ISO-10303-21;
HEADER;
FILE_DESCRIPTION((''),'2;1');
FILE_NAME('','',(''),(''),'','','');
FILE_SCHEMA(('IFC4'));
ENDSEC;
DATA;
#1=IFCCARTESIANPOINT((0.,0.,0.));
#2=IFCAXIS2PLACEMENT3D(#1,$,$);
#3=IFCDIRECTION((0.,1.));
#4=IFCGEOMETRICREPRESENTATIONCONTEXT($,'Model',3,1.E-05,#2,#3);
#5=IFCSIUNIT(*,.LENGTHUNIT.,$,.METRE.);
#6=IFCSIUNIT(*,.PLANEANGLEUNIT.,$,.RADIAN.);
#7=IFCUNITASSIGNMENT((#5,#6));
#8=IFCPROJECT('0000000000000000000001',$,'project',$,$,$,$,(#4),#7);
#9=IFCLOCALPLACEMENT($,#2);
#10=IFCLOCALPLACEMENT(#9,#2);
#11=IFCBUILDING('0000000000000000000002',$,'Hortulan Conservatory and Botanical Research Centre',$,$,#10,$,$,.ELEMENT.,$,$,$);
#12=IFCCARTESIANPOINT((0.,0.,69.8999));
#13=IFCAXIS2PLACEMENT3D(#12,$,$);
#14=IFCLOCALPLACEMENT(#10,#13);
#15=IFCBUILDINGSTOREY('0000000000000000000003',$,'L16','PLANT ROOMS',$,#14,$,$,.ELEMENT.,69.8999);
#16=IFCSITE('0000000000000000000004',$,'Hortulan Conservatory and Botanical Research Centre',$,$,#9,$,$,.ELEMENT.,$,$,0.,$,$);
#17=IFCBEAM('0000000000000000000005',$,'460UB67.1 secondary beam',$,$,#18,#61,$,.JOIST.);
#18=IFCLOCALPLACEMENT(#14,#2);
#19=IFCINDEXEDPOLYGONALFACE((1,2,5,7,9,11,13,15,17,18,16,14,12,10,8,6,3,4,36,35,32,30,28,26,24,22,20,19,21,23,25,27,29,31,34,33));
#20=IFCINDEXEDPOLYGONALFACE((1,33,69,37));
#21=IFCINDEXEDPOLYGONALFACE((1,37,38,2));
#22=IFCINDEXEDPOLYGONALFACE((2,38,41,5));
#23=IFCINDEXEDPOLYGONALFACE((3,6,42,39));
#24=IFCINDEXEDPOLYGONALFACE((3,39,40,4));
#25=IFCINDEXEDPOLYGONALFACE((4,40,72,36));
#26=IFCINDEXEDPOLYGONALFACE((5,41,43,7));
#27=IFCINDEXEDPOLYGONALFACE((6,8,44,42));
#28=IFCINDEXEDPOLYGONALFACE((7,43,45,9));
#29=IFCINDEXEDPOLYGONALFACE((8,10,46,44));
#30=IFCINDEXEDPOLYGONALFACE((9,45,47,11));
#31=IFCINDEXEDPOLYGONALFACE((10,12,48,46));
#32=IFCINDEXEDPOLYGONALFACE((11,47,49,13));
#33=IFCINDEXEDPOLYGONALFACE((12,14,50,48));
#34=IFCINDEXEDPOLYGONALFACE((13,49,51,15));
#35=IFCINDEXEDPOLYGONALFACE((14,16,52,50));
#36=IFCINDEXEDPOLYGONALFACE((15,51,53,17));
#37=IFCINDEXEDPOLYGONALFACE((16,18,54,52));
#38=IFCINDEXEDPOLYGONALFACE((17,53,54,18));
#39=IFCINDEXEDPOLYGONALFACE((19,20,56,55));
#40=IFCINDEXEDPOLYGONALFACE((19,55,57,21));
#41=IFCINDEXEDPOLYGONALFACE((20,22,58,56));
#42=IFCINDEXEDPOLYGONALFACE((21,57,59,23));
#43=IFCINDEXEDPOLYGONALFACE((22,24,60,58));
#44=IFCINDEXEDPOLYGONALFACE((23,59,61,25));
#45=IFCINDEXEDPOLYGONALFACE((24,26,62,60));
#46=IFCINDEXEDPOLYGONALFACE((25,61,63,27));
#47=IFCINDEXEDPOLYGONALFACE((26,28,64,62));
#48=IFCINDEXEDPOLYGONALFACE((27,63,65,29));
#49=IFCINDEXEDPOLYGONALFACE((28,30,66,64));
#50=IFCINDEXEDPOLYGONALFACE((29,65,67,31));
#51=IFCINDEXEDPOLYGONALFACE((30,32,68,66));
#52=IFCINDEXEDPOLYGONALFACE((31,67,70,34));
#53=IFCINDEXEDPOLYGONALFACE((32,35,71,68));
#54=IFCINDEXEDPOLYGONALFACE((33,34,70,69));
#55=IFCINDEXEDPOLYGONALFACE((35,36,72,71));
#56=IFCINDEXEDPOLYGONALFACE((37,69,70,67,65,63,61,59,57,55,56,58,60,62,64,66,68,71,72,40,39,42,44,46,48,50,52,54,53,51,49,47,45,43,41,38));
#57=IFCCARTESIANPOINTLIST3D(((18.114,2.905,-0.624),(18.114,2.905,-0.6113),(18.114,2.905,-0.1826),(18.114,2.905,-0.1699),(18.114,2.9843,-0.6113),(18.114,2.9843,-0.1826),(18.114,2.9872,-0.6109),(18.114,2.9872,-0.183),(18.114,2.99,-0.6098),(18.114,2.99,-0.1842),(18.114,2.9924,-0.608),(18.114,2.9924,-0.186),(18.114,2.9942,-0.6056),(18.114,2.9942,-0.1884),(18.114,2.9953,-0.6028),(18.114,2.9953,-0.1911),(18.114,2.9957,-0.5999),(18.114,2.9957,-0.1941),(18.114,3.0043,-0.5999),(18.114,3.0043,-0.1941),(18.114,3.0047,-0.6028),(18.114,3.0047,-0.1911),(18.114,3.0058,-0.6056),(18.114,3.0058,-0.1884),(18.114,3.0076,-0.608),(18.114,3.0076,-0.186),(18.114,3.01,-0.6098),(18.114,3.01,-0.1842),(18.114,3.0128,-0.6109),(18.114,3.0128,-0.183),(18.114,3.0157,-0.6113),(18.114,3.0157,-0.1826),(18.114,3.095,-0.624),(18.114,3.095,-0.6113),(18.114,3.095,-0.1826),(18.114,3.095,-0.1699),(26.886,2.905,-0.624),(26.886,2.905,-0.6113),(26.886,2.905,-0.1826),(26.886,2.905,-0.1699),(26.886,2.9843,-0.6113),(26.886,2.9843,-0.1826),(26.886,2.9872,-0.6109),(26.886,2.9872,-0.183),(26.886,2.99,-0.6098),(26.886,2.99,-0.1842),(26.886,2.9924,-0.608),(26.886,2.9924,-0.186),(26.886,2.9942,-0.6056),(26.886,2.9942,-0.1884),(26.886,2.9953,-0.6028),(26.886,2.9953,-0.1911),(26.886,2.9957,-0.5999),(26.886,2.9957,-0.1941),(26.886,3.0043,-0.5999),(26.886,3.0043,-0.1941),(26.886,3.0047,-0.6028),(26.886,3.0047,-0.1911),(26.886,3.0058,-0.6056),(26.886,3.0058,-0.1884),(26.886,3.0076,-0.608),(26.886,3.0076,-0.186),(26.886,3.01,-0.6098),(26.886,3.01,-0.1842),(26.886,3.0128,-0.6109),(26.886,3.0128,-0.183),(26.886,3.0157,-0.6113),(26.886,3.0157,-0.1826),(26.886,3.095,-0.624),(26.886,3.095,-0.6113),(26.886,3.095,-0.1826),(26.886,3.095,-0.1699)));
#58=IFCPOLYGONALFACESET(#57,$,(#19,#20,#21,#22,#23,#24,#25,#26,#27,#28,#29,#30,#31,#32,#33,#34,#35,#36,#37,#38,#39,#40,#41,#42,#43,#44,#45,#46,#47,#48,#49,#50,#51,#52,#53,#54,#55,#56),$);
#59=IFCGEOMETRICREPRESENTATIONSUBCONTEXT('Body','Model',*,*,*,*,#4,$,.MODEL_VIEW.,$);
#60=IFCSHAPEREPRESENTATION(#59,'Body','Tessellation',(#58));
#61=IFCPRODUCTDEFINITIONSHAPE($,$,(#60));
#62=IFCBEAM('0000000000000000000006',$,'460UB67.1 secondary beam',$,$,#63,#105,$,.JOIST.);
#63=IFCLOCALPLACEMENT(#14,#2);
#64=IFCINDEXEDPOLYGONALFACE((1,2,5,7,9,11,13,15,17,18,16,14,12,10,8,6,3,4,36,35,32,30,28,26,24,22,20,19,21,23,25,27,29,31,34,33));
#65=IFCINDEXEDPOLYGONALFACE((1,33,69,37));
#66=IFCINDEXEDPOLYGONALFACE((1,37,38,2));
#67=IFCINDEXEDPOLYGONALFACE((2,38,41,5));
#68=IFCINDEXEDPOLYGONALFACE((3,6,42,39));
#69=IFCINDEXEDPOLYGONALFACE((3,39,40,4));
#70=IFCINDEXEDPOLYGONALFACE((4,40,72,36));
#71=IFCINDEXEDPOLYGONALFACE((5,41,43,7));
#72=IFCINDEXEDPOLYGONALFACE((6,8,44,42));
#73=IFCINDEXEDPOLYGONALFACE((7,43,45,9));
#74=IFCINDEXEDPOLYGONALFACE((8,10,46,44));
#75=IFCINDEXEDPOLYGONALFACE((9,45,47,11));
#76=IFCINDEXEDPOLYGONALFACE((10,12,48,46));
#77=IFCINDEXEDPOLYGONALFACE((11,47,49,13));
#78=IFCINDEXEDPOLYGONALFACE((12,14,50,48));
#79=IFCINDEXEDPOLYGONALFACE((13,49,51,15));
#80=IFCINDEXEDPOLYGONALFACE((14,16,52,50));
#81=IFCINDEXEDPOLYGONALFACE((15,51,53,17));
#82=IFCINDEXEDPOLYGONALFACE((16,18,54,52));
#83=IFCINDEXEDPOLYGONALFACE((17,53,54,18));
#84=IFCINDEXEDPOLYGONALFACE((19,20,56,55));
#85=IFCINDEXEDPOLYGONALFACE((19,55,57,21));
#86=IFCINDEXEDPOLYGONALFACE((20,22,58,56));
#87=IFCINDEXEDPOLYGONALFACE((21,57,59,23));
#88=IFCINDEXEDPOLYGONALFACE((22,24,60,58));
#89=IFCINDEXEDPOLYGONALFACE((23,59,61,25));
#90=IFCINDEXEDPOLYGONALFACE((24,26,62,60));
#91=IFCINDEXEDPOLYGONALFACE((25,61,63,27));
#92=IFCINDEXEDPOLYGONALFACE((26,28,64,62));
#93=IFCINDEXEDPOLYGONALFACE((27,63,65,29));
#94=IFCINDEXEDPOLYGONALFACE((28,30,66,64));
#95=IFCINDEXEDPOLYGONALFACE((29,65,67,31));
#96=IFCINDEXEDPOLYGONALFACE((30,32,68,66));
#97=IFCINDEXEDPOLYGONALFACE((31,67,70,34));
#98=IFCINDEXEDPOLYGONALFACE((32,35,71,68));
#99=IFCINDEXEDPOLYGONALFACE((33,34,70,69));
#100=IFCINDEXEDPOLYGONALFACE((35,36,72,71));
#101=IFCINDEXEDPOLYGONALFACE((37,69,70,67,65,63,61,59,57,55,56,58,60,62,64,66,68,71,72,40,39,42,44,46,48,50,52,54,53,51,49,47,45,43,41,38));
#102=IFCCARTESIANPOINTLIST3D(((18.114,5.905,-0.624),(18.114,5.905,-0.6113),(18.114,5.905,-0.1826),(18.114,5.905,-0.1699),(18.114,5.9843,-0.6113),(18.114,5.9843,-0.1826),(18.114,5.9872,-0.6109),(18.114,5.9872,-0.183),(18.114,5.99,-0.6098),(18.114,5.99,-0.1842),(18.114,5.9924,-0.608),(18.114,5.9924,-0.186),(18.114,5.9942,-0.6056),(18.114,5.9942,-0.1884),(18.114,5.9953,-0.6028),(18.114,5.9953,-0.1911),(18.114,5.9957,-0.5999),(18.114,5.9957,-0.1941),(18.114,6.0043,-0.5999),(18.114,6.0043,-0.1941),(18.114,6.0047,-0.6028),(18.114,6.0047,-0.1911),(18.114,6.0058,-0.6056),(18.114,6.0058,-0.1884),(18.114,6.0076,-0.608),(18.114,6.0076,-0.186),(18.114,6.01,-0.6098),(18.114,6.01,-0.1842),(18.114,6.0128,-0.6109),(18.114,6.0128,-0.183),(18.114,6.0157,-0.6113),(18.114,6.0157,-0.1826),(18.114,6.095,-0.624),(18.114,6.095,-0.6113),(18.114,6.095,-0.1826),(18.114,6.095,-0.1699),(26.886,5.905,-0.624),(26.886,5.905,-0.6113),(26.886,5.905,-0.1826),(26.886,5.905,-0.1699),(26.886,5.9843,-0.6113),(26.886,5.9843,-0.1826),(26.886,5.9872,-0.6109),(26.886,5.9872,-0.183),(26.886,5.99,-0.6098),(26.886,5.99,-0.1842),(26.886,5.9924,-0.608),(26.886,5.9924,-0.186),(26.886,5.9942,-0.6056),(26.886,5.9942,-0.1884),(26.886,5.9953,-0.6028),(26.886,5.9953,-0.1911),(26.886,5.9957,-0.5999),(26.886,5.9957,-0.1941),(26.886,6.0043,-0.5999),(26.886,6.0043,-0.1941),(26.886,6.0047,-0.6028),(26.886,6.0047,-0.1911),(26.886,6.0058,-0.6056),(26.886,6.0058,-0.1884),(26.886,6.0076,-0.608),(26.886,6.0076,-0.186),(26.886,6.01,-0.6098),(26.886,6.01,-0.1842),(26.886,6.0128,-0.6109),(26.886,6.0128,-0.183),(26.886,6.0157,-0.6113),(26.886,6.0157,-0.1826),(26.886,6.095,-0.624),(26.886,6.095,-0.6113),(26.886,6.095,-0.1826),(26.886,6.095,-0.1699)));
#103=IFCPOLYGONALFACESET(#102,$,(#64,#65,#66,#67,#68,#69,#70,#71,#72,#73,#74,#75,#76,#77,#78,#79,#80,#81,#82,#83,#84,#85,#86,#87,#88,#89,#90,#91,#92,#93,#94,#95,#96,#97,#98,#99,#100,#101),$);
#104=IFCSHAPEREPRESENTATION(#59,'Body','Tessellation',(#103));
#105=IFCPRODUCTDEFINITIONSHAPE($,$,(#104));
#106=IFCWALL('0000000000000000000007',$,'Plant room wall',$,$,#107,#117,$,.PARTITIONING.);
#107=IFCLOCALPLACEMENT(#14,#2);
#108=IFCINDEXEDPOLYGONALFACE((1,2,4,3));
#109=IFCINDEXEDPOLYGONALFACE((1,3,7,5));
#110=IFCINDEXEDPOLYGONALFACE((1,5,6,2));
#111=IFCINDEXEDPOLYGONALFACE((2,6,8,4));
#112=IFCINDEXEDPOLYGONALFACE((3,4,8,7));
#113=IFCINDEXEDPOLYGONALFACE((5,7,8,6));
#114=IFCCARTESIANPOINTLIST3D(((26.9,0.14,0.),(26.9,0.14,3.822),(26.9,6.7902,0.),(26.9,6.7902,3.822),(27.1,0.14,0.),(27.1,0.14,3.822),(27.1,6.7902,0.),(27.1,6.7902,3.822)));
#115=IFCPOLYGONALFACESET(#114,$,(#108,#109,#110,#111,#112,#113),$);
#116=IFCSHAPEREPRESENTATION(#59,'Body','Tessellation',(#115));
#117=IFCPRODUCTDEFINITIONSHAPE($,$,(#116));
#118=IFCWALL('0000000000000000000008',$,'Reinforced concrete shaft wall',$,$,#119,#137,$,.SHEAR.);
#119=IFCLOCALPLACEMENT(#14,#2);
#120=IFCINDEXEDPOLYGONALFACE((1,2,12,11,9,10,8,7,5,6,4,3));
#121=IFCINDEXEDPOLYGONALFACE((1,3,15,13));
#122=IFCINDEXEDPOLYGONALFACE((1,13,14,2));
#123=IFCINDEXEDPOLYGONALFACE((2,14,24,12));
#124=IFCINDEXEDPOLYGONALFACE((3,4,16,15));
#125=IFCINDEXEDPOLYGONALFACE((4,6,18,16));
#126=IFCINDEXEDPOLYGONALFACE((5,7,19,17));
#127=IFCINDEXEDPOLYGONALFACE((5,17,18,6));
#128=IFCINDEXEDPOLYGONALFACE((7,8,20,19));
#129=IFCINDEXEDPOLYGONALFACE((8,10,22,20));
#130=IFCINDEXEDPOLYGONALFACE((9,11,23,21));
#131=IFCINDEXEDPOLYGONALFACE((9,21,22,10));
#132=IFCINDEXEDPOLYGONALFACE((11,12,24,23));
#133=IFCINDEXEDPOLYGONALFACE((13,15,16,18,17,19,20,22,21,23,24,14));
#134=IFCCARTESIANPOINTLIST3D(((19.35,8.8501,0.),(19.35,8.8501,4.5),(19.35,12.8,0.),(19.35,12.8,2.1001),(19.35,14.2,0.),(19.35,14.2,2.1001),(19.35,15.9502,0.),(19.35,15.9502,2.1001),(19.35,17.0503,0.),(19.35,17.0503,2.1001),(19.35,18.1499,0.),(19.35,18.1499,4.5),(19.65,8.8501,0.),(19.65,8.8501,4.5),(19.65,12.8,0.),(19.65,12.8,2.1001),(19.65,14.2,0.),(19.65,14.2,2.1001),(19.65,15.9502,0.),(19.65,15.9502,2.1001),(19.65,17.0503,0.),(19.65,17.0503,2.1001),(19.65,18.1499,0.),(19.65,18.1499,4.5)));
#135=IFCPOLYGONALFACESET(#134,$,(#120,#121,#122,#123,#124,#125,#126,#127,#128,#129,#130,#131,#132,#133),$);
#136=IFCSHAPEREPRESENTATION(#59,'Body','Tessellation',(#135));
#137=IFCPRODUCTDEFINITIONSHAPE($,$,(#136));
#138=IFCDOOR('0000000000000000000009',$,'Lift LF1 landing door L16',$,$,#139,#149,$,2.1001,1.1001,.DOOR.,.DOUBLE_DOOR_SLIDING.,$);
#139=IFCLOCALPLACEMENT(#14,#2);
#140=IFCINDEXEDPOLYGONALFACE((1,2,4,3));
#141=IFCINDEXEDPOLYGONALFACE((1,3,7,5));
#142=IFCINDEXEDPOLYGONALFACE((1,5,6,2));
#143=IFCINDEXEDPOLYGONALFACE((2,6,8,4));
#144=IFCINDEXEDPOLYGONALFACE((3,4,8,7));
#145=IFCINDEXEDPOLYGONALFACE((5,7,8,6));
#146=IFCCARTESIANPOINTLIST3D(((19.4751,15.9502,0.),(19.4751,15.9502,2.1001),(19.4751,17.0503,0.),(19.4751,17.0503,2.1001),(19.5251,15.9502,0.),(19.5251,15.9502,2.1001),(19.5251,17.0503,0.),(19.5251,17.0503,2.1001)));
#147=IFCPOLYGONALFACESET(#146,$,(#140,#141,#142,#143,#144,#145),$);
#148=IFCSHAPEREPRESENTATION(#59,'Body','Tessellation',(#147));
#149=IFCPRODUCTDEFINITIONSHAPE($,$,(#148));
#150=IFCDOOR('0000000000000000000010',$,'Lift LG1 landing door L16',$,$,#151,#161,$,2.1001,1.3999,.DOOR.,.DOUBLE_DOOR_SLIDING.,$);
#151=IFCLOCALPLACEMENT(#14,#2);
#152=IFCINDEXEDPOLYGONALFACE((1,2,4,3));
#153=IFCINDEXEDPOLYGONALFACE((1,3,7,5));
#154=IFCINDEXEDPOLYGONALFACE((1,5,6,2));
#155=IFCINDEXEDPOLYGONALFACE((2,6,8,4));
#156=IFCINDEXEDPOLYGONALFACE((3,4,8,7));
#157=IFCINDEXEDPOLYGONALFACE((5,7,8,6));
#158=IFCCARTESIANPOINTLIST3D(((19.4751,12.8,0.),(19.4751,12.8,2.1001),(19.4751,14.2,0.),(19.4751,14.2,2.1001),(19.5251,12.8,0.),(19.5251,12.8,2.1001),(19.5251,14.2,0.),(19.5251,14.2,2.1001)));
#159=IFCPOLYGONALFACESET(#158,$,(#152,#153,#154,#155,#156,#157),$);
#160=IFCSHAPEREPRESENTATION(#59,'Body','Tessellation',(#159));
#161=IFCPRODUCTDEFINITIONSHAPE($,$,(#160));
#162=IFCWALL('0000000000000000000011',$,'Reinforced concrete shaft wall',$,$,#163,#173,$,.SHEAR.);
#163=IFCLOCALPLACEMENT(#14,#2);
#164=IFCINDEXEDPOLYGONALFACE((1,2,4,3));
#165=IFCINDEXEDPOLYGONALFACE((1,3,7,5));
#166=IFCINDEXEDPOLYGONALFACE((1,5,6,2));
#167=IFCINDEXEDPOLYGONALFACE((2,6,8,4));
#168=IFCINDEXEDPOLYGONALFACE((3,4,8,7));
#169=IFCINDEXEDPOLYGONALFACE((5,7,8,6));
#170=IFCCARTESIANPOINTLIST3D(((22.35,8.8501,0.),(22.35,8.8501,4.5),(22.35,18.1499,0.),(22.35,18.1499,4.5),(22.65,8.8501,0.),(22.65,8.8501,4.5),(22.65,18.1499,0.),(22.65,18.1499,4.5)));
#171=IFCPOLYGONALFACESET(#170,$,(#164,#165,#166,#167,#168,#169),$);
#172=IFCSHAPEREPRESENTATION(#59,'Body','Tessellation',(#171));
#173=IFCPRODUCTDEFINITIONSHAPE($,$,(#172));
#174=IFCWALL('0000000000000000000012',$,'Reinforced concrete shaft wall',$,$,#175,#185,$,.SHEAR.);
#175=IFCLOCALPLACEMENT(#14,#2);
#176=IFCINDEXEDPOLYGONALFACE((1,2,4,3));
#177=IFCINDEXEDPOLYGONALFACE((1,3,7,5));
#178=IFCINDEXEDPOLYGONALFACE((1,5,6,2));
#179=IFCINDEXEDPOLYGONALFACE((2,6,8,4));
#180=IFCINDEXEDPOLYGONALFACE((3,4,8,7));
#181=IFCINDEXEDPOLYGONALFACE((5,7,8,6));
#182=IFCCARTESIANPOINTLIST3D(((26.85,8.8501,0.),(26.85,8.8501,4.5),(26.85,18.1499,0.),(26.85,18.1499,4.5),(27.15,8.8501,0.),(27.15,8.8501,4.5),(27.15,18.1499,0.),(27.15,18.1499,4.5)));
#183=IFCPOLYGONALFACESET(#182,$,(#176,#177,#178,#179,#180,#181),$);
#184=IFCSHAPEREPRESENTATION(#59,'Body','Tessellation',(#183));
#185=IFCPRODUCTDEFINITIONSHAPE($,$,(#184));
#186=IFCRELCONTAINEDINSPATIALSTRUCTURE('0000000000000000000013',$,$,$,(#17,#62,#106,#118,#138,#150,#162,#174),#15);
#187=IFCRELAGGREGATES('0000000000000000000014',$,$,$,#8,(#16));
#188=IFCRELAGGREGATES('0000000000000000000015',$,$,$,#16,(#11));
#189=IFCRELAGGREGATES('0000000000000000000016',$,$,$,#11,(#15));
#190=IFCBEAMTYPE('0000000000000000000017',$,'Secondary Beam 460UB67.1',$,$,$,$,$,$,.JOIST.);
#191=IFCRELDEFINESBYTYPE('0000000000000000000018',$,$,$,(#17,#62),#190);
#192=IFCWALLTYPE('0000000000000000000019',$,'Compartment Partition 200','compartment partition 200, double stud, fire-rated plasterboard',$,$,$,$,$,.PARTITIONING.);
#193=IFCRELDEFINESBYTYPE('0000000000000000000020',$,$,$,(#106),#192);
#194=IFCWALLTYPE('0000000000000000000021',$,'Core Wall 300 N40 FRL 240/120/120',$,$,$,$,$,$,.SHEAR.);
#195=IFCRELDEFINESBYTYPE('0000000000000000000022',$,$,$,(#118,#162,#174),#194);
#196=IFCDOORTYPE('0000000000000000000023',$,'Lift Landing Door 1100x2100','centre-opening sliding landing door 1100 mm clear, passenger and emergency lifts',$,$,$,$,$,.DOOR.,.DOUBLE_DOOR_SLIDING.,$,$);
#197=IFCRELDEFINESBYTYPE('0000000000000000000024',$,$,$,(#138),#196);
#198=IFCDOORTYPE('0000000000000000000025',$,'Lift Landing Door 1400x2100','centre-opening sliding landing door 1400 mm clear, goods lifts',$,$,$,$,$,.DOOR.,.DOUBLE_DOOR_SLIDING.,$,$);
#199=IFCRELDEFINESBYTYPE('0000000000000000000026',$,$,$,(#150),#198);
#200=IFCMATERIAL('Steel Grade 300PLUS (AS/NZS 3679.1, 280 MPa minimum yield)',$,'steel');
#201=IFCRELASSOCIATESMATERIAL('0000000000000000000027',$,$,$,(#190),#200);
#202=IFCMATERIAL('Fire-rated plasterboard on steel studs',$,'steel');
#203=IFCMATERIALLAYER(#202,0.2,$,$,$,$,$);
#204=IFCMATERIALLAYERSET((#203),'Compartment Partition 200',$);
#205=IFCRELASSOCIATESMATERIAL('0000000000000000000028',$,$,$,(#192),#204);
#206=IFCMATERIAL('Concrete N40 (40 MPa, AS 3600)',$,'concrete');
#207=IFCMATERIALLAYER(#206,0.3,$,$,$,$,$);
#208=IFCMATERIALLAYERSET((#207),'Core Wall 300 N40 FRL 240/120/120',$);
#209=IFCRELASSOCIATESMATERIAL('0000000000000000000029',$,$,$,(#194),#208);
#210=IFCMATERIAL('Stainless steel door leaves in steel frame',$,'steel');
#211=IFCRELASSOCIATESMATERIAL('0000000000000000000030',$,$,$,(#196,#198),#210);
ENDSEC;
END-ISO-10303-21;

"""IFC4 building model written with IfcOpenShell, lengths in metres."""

from ifc_helpers import new_model, si_unit, direction, frame, frame_2d, origin, origin_2d, place, context, subcontext, project, spatial, rectangle, i_section, extrude, material, layer, layer_set, material_profile, profile_set, type_object, element, fill, save


model = new_model("IFC4")

# Units and contexts
model_context = context("Model", 3, precision=1e-05, world=origin(), true_north=direction((0.0, 1.0)))
body_context = subcontext(model_context, "Body", "Model", "MODEL_VIEW")
ifc_project = project(units=[si_unit("LENGTHUNIT", "METRE"), si_unit("PLANEANGLEUNIT", "RADIAN")], contexts=[model_context])

# Site, building, storey
site_placement = place(None, origin())
site = spatial("IfcSite", under=ifc_project, at=site_placement, Name="Hortulan Conservatory and Botanical Research Centre", CompositionType="ELEMENT", RefElevation=0.0)
building_placement = place(site_placement, origin())
building = spatial("IfcBuilding", under=site, at=building_placement, Name="Hortulan Conservatory and Botanical Research Centre", CompositionType="ELEMENT")
storey_placement = place(building_placement, frame((0.0, 0.0, 69.8999)))
storey = spatial("IfcBuildingStorey", under=building, at=storey_placement, Name="L16", Description="PLANT ROOMS", CompositionType="ELEMENT", Elevation=69.8999)

# Shared definitions
ifc_material_1 = material(Name="Steel Grade 300PLUS (AS/NZS 3679.1, 280 MPa minimum yield)", Category="steel")

# Beams
ifc_material_profile_1 = material_profile(ifc_material_1, i_section(OverallWidth=0.1899, OverallDepth=0.4541, WebThickness=0.0085, FlangeThickness=0.0127, FilletRadius=0.0115, at=origin_2d()), Name="460UB67.1")
ifc_profile_set_1 = profile_set([ifc_material_profile_1], Name="Steel Grade 300PLUS (AS/NZS 3679.1, 280 MPa minimum yield)")
beam_type_1 = type_object("IfcBeamType", Name="Secondary Beam 460UB67.1", PredefinedType="JOIST", material=ifc_profile_set_1)
for number, where, z_axis, x_axis, name in (
    (1, (18.114, 3.0, -0.397), (1.0, 0.0, 0.0), (0.0, 1.0, 0.0), "460UB67.1 secondary beam"),
    (2, (18.114, 6.0, -0.397), (1.0, 0.0, 0.0), (0.0, 1.0, 0.0), "460UB67.1 secondary beam"),
):
    element("IfcBeam", number, at=place(storey_placement, frame(where, z_axis=z_axis, x_axis=x_axis)), inside=storey, type_object=beam_type_1, Name=name, PredefinedType="JOIST", context=body_context, shape_type="SweptSolid", body=[
        extrude(i_section(OverallWidth=0.1899, OverallDepth=0.4541, WebThickness=0.0085, FlangeThickness=0.0127, FilletRadius=0.0115, at=origin_2d()), origin(), (0.0, 0.0, 1.0), 8.772),
    ])

# Wall
ifc_material_2 = material(Name="Fire-rated plasterboard on steel studs", Category="steel")
ifc_layer_1 = layer(ifc_material_2, 0.2)
ifc_layer_set_1 = layer_set([ifc_layer_1], Name="Compartment Partition 200")
wall_type_1 = type_object("IfcWallType", Name="Compartment Partition 200", Description="compartment partition 200, double stud, fire-rated plasterboard", PredefinedType="PARTITIONING", material=ifc_layer_set_1)
wall_1_placement = place(storey_placement, frame((27.0, 0.1399, 0.0), z_axis=(0.0, 0.0, 1.0), x_axis=(0.0, 1.0, 0.0)))
element("IfcWall", 3, at=wall_1_placement, inside=storey, type_object=wall_type_1, Name="Plant room wall", PredefinedType="PARTITIONING", context=body_context, shape_type="SweptSolid", body=[
    extrude(rectangle(XDim=6.6501, YDim=0.2, at=frame_2d((3.3252, 0.0))), origin(), (0.0, 0.0, 1.0), 3.822),
])

# Wall, openings, doors
ifc_material_3 = material(Name="Concrete N40 (40 MPa, AS 3600)", Category="concrete")
ifc_layer_2 = layer(ifc_material_3, 0.3)
ifc_layer_set_2 = layer_set([ifc_layer_2], Name="Core Wall 300 N40 FRL 240/120/120")
wall_type_2 = type_object("IfcWallType", Name="Core Wall 300 N40 FRL 240/120/120", PredefinedType="SHEAR", material=ifc_layer_set_2)
wall_2_placement = place(storey_placement, frame((19.5, 8.8501, 0.0), z_axis=(0.0, 0.0, 1.0), x_axis=(0.0, 1.0, 0.0)))
wall_2 = element("IfcWall", 4, at=wall_2_placement, inside=storey, type_object=wall_type_2, Name="Reinforced concrete shaft wall", PredefinedType="SHEAR", context=body_context, shape_type="SweptSolid", body=[
    extrude(rectangle(XDim=9.2998, YDim=0.3, at=frame_2d((4.6499, 0.0))), origin(), (0.0, 0.0, 1.0), 4.5),
])
opening_1_placement = place(wall_2_placement, frame((3.95, 0.0, 0.0)))
opening_1 = element("IfcOpeningElement", 5, at=opening_1_placement, cuts=wall_2, PredefinedType="OPENING", context=body_context, shape_type="SweptSolid", body=[
    extrude(rectangle(XDim=1.3999, YDim=2.1001, at=frame_2d((0.7, 1.05))), frame((0.0, 0.1599, 0.0), z_axis=(0.0, -1.0, 0.0), x_axis=(1.0, 0.0, 0.0)), (0.0, 0.0, 1.0), 0.3201),
])
opening_2_placement = place(wall_2_placement, frame((7.1001, 0.0, 0.0)))
opening_2 = element("IfcOpeningElement", 6, at=opening_2_placement, cuts=wall_2, PredefinedType="OPENING", context=body_context, shape_type="SweptSolid", body=[
    extrude(rectangle(XDim=1.1001, YDim=2.1001, at=frame_2d((0.55, 1.05))), frame((0.0, 0.1599, 0.0), z_axis=(0.0, -1.0, 0.0), x_axis=(1.0, 0.0, 0.0)), (0.0, 0.0, 1.0), 0.3201),
])
ifc_material_4 = material(Name="Stainless steel door leaves in steel frame", Category="steel")
door_type_1 = type_object("IfcDoorType", Name="Lift Landing Door 1100x2100", Description="centre-opening sliding landing door 1100 mm clear, passenger and emergency lifts", OperationType="DOUBLE_DOOR_SLIDING", PredefinedType="DOOR", material=ifc_material_4)
door_1_placement = place(opening_2_placement, origin())
door_1 = element("IfcDoor", 7, at=door_1_placement, inside=storey, type_object=door_type_1, Name="Lift LF1 landing door L16", OperationType="DOUBLE_DOOR_SLIDING", OverallHeight=2.1001, OverallWidth=1.1001, PredefinedType="DOOR", context=body_context, shape_type="SweptSolid", body=[
    extrude(rectangle(XDim=1.1001, YDim=2.1001, at=frame_2d((0.55, 1.05))), frame((0.0, 0.0249, 0.0), z_axis=(0.0, -1.0, 0.0), x_axis=(1.0, 0.0, 0.0)), (0.0, 0.0, 1.0), 0.05),
])
fill(opening_2, door_1)
door_type_2 = type_object("IfcDoorType", Name="Lift Landing Door 1400x2100", Description="centre-opening sliding landing door 1400 mm clear, goods lifts", OperationType="DOUBLE_DOOR_SLIDING", PredefinedType="DOOR", material=ifc_material_4)
door_2_placement = place(opening_1_placement, origin())
door_2 = element("IfcDoor", 8, at=door_2_placement, inside=storey, type_object=door_type_2, Name="Lift LG1 landing door L16", OperationType="DOUBLE_DOOR_SLIDING", OverallHeight=2.1001, OverallWidth=1.3999, PredefinedType="DOOR", context=body_context, shape_type="SweptSolid", body=[
    extrude(rectangle(XDim=1.3999, YDim=2.1001, at=frame_2d((0.7, 1.05))), frame((0.0, 0.0249, 0.0), z_axis=(0.0, -1.0, 0.0), x_axis=(1.0, 0.0, 0.0)), (0.0, 0.0, 1.0), 0.05),
])
fill(opening_1, door_2)

# Walls
for number, where, z_axis, x_axis, name in (
    (9, (22.5, 8.8501, 0.0), (0.0, 0.0, 1.0), (0.0, 1.0, 0.0), "Reinforced concrete shaft wall"),
    (10, (27.0, 8.8501, 0.0), (0.0, 0.0, 1.0), (0.0, 1.0, 0.0), "Reinforced concrete shaft wall"),
):
    element("IfcWall", number, at=place(storey_placement, frame(where, z_axis=z_axis, x_axis=x_axis)), inside=storey, type_object=wall_type_2, Name=name, PredefinedType="SHEAR", context=body_context, shape_type="SweptSolid", body=[
        extrude(rectangle(XDim=9.2998, YDim=0.3, at=frame_2d((4.6499, 0.0))), origin(), (0.0, 0.0, 1.0), 4.5),
    ])

save(model, "model.ifc")
